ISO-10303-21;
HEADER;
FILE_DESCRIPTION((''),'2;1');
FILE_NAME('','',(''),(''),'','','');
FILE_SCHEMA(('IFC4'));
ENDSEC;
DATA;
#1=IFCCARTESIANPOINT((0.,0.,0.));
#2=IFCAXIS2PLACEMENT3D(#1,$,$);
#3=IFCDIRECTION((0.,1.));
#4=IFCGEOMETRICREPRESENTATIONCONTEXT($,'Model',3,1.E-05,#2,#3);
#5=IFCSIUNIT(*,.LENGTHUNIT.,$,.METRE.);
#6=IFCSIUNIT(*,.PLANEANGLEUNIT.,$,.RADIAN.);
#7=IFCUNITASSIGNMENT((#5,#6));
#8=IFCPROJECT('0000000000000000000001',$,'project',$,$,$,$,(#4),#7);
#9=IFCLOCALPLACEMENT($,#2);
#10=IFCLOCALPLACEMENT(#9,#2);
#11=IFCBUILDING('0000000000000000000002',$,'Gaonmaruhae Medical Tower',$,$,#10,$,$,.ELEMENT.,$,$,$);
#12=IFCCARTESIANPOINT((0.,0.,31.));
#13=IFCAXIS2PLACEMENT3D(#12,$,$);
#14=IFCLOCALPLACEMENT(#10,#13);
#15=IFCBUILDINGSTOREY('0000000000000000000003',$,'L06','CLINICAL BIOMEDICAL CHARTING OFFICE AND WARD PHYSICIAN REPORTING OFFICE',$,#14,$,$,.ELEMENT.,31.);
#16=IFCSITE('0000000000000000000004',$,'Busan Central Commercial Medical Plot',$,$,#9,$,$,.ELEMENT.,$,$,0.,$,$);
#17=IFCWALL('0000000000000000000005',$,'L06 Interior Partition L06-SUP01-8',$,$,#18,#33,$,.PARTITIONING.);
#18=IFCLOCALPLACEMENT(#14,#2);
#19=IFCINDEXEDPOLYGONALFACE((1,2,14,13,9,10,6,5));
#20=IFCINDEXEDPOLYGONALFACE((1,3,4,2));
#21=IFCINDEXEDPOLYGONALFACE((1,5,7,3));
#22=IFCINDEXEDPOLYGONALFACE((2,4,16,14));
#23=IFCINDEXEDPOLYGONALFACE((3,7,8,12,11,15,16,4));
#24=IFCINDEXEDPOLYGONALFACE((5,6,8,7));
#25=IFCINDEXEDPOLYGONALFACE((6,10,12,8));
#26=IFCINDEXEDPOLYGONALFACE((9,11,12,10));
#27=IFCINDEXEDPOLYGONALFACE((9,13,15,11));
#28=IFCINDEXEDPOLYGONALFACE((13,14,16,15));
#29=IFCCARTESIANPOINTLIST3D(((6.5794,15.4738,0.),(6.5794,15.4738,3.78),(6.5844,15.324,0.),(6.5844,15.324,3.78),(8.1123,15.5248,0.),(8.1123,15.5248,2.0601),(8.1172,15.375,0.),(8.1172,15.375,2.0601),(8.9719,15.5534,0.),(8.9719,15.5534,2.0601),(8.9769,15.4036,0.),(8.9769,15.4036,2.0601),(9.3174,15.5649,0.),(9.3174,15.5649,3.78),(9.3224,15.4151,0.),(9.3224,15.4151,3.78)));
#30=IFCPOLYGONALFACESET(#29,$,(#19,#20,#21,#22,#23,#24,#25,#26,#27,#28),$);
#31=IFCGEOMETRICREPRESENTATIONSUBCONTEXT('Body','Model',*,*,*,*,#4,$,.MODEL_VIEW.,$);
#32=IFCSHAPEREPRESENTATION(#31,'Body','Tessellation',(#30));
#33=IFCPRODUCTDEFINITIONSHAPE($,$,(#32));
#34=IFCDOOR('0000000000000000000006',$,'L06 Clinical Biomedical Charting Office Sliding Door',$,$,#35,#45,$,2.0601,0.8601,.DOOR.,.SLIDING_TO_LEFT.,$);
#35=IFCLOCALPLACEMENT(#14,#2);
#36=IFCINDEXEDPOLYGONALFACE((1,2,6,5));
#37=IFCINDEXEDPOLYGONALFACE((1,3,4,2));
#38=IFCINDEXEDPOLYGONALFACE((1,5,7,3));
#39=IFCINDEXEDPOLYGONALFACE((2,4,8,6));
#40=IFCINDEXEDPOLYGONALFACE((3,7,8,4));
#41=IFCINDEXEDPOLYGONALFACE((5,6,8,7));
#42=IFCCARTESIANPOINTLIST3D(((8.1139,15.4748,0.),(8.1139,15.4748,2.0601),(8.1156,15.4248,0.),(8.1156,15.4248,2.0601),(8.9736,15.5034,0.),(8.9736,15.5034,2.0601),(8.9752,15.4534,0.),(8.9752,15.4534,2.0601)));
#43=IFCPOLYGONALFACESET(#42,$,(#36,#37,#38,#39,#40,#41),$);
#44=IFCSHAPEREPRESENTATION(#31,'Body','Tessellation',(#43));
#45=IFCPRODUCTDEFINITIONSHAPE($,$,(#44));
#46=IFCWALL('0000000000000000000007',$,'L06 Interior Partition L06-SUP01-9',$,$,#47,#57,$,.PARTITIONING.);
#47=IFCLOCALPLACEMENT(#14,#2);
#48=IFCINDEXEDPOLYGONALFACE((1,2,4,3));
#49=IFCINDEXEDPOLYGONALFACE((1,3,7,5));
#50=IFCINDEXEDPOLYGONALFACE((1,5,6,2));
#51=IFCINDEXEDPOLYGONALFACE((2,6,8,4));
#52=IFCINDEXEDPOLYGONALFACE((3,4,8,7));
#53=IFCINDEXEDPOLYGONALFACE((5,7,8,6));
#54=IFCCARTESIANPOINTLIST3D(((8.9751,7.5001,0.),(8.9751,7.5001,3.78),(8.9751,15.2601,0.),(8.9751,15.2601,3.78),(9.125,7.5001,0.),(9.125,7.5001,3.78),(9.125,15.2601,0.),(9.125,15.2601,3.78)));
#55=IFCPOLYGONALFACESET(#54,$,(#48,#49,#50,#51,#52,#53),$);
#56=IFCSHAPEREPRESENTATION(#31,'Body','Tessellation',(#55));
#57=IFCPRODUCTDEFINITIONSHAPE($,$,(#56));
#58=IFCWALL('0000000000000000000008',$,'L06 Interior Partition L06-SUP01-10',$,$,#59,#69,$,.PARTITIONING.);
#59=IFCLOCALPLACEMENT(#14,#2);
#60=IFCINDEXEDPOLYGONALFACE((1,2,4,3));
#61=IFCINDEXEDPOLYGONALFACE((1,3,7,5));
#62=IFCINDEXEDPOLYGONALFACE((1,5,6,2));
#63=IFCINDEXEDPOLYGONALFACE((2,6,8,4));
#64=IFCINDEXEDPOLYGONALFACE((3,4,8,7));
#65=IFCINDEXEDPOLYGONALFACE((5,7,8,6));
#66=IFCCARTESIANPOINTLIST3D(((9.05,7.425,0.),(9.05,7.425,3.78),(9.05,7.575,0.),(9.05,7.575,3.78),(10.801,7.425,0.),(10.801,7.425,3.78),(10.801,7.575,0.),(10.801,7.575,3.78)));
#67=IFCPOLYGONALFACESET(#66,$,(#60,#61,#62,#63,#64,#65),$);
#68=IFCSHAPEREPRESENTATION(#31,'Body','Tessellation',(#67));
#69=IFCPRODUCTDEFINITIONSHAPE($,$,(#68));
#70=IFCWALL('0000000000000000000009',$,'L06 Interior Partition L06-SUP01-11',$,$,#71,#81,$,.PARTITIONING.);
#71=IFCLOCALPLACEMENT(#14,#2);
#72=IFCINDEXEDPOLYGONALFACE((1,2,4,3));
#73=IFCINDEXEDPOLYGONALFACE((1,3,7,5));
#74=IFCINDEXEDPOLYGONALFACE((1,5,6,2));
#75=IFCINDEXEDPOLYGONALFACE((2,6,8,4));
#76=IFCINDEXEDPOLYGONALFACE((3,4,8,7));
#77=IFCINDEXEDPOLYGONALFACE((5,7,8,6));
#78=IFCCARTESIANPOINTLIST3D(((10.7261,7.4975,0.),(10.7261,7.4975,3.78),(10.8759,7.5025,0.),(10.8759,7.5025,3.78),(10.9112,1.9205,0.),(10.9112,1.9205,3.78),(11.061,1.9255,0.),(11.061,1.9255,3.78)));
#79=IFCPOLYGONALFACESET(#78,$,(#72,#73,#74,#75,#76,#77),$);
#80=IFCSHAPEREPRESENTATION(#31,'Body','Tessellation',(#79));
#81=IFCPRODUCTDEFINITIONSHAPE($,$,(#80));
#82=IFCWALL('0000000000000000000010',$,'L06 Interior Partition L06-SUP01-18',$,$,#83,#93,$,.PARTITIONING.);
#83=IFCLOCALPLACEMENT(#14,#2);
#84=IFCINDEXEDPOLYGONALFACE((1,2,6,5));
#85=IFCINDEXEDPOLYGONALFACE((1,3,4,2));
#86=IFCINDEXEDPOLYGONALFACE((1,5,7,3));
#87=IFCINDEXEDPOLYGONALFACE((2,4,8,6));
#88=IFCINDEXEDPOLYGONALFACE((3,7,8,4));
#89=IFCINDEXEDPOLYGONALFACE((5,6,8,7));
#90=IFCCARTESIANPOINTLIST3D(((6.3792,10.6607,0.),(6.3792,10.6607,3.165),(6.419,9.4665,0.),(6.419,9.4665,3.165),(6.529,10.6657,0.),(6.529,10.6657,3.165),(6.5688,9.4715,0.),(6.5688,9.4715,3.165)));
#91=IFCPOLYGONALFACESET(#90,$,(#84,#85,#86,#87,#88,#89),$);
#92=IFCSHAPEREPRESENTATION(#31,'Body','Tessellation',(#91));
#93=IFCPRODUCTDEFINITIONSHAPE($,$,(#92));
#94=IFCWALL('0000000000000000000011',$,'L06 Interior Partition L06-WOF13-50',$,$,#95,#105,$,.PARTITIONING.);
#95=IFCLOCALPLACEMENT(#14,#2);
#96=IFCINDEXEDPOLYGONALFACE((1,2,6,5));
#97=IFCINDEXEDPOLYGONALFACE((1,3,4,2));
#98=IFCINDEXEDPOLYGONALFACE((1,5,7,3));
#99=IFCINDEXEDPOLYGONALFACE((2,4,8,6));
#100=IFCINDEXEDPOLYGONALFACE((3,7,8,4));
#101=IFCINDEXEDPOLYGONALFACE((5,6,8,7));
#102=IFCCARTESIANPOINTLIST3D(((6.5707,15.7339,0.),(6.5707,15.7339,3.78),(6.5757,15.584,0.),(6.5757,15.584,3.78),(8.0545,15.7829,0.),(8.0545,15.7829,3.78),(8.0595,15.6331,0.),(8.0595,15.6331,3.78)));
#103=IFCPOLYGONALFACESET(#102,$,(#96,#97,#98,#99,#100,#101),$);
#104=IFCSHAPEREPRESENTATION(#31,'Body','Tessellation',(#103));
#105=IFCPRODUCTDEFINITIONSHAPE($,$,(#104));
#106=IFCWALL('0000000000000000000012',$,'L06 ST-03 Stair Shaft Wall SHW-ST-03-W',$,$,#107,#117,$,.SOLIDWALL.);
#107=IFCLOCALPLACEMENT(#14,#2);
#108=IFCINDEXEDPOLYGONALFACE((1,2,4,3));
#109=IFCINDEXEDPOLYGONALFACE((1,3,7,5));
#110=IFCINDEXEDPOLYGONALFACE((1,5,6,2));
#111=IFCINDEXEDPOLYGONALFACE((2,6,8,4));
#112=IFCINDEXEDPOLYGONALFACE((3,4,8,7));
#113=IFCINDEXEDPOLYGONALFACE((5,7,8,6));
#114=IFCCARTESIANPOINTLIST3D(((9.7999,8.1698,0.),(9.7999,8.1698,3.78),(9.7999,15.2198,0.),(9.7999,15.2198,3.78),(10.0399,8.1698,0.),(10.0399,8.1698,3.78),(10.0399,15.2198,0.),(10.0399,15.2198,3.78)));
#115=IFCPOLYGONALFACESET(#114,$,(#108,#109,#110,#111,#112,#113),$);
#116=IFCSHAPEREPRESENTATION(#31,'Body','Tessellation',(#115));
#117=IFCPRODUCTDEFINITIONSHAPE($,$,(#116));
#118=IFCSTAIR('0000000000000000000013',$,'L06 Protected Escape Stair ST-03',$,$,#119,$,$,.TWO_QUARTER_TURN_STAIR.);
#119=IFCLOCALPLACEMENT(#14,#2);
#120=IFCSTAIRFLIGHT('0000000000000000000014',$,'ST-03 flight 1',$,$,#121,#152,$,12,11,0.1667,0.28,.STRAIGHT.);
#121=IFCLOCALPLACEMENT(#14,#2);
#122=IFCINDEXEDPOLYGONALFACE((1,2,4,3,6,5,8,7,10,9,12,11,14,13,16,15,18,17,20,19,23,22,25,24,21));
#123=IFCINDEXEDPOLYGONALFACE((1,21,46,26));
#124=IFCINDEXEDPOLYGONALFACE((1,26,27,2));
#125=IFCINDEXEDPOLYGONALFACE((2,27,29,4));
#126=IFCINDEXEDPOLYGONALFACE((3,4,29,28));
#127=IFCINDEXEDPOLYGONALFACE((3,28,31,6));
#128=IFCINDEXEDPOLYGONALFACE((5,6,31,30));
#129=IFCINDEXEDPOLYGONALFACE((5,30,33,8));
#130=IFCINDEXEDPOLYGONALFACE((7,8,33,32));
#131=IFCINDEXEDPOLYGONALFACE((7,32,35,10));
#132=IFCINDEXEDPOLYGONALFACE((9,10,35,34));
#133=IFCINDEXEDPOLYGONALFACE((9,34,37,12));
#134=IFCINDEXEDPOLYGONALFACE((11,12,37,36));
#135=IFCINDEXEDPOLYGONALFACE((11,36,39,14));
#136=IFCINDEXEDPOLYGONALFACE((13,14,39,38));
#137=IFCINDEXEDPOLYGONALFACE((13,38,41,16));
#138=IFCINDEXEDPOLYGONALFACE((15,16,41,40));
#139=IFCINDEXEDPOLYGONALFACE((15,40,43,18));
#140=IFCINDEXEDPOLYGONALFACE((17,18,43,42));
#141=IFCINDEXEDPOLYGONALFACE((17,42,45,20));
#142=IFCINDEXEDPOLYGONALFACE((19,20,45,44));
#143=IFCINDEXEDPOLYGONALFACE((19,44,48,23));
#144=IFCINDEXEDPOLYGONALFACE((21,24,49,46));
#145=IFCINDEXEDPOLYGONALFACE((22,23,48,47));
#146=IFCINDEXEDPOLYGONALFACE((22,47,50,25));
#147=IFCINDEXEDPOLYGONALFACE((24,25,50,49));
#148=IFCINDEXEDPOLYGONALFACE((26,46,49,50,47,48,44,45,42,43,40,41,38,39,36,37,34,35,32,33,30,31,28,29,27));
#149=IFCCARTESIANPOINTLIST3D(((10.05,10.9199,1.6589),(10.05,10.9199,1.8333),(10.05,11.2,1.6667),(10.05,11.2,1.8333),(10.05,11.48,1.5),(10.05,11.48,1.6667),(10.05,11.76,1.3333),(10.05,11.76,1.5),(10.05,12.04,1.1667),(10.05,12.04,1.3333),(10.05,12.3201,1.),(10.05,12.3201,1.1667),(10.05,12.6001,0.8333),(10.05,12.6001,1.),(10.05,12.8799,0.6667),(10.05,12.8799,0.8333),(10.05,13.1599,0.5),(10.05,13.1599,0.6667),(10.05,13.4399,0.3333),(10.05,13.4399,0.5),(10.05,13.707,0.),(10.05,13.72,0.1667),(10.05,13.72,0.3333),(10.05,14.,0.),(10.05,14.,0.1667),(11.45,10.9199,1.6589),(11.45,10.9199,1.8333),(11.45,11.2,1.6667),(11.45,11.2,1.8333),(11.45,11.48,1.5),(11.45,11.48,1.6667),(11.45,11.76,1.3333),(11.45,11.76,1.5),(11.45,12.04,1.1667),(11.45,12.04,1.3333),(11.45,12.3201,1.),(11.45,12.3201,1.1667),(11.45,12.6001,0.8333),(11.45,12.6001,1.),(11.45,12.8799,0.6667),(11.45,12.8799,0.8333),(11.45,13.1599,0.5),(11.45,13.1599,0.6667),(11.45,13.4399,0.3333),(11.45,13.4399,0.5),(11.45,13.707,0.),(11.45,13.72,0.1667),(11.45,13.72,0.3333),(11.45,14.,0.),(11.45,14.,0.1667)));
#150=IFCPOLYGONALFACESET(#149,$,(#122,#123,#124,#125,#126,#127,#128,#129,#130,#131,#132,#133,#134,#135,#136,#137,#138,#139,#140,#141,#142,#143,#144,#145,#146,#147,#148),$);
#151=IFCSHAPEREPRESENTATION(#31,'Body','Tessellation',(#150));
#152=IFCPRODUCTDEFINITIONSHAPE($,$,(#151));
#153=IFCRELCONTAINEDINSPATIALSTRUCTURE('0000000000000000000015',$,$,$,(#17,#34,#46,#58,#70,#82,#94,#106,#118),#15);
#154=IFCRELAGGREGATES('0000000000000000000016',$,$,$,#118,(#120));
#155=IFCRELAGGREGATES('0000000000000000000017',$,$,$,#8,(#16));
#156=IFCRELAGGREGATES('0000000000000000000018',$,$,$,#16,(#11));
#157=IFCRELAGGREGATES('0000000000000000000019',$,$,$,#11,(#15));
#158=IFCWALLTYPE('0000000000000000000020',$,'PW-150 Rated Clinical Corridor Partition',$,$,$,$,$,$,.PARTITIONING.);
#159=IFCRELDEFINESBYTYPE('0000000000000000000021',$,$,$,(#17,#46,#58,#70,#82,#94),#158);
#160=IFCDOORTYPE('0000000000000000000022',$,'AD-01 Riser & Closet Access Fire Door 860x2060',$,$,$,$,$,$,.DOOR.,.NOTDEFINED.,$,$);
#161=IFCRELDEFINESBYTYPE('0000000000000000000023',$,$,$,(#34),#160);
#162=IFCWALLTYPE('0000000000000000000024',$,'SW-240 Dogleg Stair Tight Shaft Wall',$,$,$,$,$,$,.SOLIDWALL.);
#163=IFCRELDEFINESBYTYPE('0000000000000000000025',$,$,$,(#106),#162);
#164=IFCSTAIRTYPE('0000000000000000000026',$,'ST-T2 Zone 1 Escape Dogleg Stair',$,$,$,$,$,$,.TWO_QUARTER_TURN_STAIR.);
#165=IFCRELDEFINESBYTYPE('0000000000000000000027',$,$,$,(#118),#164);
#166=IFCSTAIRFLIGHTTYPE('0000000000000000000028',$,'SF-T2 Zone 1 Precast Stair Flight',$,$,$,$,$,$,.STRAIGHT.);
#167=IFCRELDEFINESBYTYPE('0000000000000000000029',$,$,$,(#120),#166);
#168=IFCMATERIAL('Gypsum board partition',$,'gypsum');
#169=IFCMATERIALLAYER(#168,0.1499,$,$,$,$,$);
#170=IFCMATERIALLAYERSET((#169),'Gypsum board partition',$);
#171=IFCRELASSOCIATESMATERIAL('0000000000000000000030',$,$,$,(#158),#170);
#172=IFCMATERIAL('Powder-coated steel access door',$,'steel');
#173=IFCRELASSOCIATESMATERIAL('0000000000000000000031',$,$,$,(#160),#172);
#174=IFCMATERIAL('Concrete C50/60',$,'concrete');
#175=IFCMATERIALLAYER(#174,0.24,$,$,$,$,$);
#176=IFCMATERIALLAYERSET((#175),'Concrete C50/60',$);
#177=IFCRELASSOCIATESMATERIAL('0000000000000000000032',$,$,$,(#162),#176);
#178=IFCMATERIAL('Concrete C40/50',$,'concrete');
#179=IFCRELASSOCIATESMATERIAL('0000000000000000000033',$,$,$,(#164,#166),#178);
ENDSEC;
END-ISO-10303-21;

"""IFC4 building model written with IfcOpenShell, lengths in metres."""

from ifc_helpers import new_model, si_unit, direction, frame, frame_2d, origin, place, context, subcontext, project, spatial, polyline, rectangle, outline, extrude, material, layer, layer_set, type_object, element, fill, aggregate, save


model = new_model("IFC4")

# Units and contexts
model_context = context("Model", 3, precision=1e-05, world=origin(), true_north=direction((0.0, 1.0)))
body_context = subcontext(model_context, "Body", "Model", "MODEL_VIEW")
ifc_project = project(units=[si_unit("LENGTHUNIT", "METRE"), si_unit("PLANEANGLEUNIT", "RADIAN")], contexts=[model_context])

# Site, building, storey
site_placement = place(None, origin())
site = spatial("IfcSite", under=ifc_project, at=site_placement, Name="Busan Central Commercial Medical Plot", CompositionType="ELEMENT", RefElevation=0.0)
building_placement = place(site_placement, origin())
building = spatial("IfcBuilding", under=site, at=building_placement, Name="Gaonmaruhae Medical Tower", CompositionType="ELEMENT")
storey_placement = place(building_placement, frame((0.0, 0.0, 31.0)))
storey = spatial("IfcBuildingStorey", under=building, at=storey_placement, Name="L06", Description="CLINICAL BIOMEDICAL CHARTING OFFICE AND WARD PHYSICIAN REPORTING OFFICE", CompositionType="ELEMENT", Elevation=31.0)

# Wall, opening, door
ifc_material_1 = material(Name="Gypsum board partition", Category="gypsum")
ifc_layer_1 = layer(ifc_material_1, 0.1499)
ifc_layer_set_1 = layer_set([ifc_layer_1], Name="Gypsum board partition")
wall_type_1 = type_object("IfcWallType", Name="PW-150 Rated Clinical Corridor Partition", PredefinedType="PARTITIONING", material=ifc_layer_set_1)
wall_1_placement = place(storey_placement, frame((6.582, 15.3989, 0.0), z_axis=(0.0, 0.0, 1.0), x_axis=(0.999447, 0.033241, 0.0)))
wall_1 = element("IfcWall", 1, at=wall_1_placement, inside=storey, type_object=wall_type_1, Name="L06 Interior Partition L06-SUP01-8", PredefinedType="PARTITIONING", context=body_context, shape_type="SweptSolid", body=[
    extrude(rectangle(XDim=2.7395, YDim=0.1499, at=frame_2d((1.3696, 0.0))), origin(), (0.0, 0.0, 1.0), 3.78),
])
opening_1_placement = place(wall_1_placement, frame((1.5334, 0.0, 0.0)))
opening_1 = element("IfcOpeningElement", 2, at=opening_1_placement, cuts=wall_1, PredefinedType="OPENING", context=body_context, shape_type="SweptSolid", body=[
    extrude(rectangle(XDim=0.8601, YDim=2.0601, at=frame_2d((0.4302, 1.03))), frame((0.0, 0.085, 0.0), z_axis=(0.0, -1.0, 0.0), x_axis=(1.0, 0.0, 0.0)), (0.0, 0.0, 1.0), 0.1699),
])
ifc_material_2 = material(Name="Powder-coated steel access door", Category="steel")
door_type_1 = type_object("IfcDoorType", Name="AD-01 Riser & Closet Access Fire Door 860x2060", OperationType="NOTDEFINED", PredefinedType="DOOR", material=ifc_material_2)
door_1_placement = place(opening_1_placement, origin())
door_1 = element("IfcDoor", 3, at=door_1_placement, inside=storey, type_object=door_type_1, Name="L06 Clinical Biomedical Charting Office Sliding Door", OperationType="SLIDING_TO_LEFT", OverallHeight=2.0601, OverallWidth=0.8601, PredefinedType="DOOR", context=body_context, shape_type="SweptSolid", body=[
    extrude(rectangle(XDim=0.8601, YDim=2.0601, at=frame_2d((0.4302, 1.03))), frame((0.0, 0.0249, 0.0), z_axis=(0.0, -1.0, 0.0), x_axis=(1.0, 0.0, 0.0)), (0.0, 0.0, 1.0), 0.05),
])
fill(opening_1, door_1)

# Walls
wall_2_placement = place(storey_placement, frame((9.05, 15.26, 0.0), z_axis=(0.0, 0.0, 1.0), x_axis=(0.0, -1.0, 0.0)))
element("IfcWall", 4, at=wall_2_placement, inside=storey, type_object=wall_type_1, Name="L06 Interior Partition L06-SUP01-9", PredefinedType="PARTITIONING", context=body_context, shape_type="SweptSolid", body=[
    extrude(rectangle(XDim=7.76, YDim=0.1499, at=frame_2d((3.8799, 0.0))), origin(), (0.0, 0.0, 1.0), 3.78),
])
wall_3_placement = place(storey_placement, frame((9.05, 7.5, 0.0), z_axis=(0.0, 0.0, 1.0), x_axis=(1.0, 0.0, 0.0)))
element("IfcWall", 5, at=wall_3_placement, inside=storey, type_object=wall_type_1, Name="L06 Interior Partition L06-SUP01-10", PredefinedType="PARTITIONING", context=body_context, shape_type="SweptSolid", body=[
    extrude(rectangle(XDim=1.751, YDim=0.1499, at=frame_2d((0.8755, 0.0))), origin(), (0.0, 0.0, 1.0), 3.78),
])
wall_4_placement = place(storey_placement, frame((10.801, 7.5, 0.0), z_axis=(0.0, 0.0, 1.0), x_axis=(0.033165, -0.99945, 0.0)))
element("IfcWall", 6, at=wall_4_placement, inside=storey, type_object=wall_type_1, Name="L06 Interior Partition L06-SUP01-11", PredefinedType="PARTITIONING", context=body_context, shape_type="SweptSolid", body=[
    extrude(rectangle(XDim=5.5801, YDim=0.1499, at=frame_2d((2.79, 0.0))), origin(), (0.0, 0.0, 1.0), 3.78),
])
wall_5_placement = place(storey_placement, frame((6.4939, 9.469, 0.0), z_axis=(0.0, 0.0, 1.0), x_axis=(-0.033308, 0.999445, 0.0)))
element("IfcWall", 7, at=wall_5_placement, inside=storey, type_object=wall_type_1, Name="L06 Interior Partition L06-SUP01-18", PredefinedType="PARTITIONING", context=body_context, shape_type="SweptSolid", body=[
    extrude(rectangle(XDim=1.1948, YDim=0.1499, at=frame_2d((0.5974, 0.0))), origin(), (0.0, 0.0, 1.0), 3.165),
])
wall_6_placement = place(storey_placement, frame((8.0569, 15.708, 0.0), z_axis=(0.0, 0.0, 1.0), x_axis=(-0.999454, -0.033052, 0.0)))
element("IfcWall", 8, at=wall_6_placement, inside=storey, type_object=wall_type_1, Name="L06 Interior Partition L06-WOF13-50", PredefinedType="PARTITIONING", context=body_context, shape_type="SweptSolid", body=[
    extrude(rectangle(XDim=1.4846, YDim=0.1499, at=frame_2d((0.7422, 0.0))), origin(), (0.0, 0.0, 1.0), 3.78),
])

# Shared definitions
ifc_material_3 = material(Name="Concrete C50/60", Category="concrete")
ifc_layer_2 = layer(ifc_material_3, 0.24)
ifc_layer_set_2 = layer_set([ifc_layer_2], Name="Concrete C50/60")
wall_type_2 = type_object("IfcWallType", Name="SW-240 Dogleg Stair Tight Shaft Wall", PredefinedType="SOLIDWALL", material=ifc_layer_set_2)

# Wall
wall_7_placement = place(storey_placement, frame((9.9199, 8.1699, 0.0), z_axis=(0.0, 0.0, 1.0), x_axis=(0.0, 1.0, 0.0)))
element("IfcWall", 9, at=wall_7_placement, inside=storey, type_object=wall_type_2, Name="L06 ST-03 Stair Shaft Wall SHW-ST-03-W", PredefinedType="SOLIDWALL", context=body_context, shape_type="SweptSolid", body=[
    extrude(rectangle(XDim=7.05, YDim=0.24, at=frame_2d((3.5249, 0.0))), origin(), (0.0, 0.0, 1.0), 3.78),
])

# Stair, stair flight
ifc_material_4 = material(Name="Concrete C40/50", Category="concrete")
stair_type = type_object("IfcStairType", Name="ST-T2 Zone 1 Escape Dogleg Stair", PredefinedType="TWO_QUARTER_TURN_STAIR", material=ifc_material_4)
stair_placement = place(storey_placement, origin())
stair = element("IfcStair", 10, at=stair_placement, inside=storey, type_object=stair_type, Name="L06 Protected Escape Stair ST-03", PredefinedType="TWO_QUARTER_TURN_STAIR")
stair_flight_type = type_object("IfcStairFlightType", Name="SF-T2 Zone 1 Precast Stair Flight", PredefinedType="STRAIGHT", material=ifc_material_4)
stair_flight_placement = place(storey_placement, frame((10.75, 14.0, 0.0), z_axis=(0.0, 0.0, 1.0), x_axis=(0.0, -1.0, 0.0)))
stair_flight = element("IfcStairFlight", 11, at=stair_flight_placement, type_object=stair_flight_type, Name="ST-03 flight 1", NumberOfRisers=12, NumberOfTreads=11, PredefinedType="STRAIGHT", RiserHeight=0.1667, TreadLength=0.28, context=body_context, shape_type="SweptSolid", body=[
    extrude(outline(polyline([(0.0, 0.0), (0.0, 0.1667), (0.28, 0.1667), (0.28, 0.3333), (0.5601, 0.3333), (0.5601, 0.5), (0.8401, 0.5), (0.8401, 0.6667), (1.1201, 0.6667), (1.1201, 0.8333), (1.3999, 0.8333), (1.3999, 1.0), (1.6799, 1.0), (1.6799, 1.1667), (1.96, 1.1667), (1.96, 1.3333), (2.24, 1.3333), (2.24, 1.5), (2.52, 1.5), (2.52, 1.6667), (2.8, 1.6667), (2.8, 1.8333), (3.0801, 1.8333), (3.0801, 2.0), (3.0801, 1.6589), (0.293, 0.0), (0.0, 0.0)])), frame((0.0, 0.7, 0.0), z_axis=(0.0, -1.0, 0.0), x_axis=(1.0, 0.0, 0.0)), (0.0, 0.0, 1.0), 1.3999),
])
aggregate(stair, [stair_flight])

save(model, "model.ifc")
